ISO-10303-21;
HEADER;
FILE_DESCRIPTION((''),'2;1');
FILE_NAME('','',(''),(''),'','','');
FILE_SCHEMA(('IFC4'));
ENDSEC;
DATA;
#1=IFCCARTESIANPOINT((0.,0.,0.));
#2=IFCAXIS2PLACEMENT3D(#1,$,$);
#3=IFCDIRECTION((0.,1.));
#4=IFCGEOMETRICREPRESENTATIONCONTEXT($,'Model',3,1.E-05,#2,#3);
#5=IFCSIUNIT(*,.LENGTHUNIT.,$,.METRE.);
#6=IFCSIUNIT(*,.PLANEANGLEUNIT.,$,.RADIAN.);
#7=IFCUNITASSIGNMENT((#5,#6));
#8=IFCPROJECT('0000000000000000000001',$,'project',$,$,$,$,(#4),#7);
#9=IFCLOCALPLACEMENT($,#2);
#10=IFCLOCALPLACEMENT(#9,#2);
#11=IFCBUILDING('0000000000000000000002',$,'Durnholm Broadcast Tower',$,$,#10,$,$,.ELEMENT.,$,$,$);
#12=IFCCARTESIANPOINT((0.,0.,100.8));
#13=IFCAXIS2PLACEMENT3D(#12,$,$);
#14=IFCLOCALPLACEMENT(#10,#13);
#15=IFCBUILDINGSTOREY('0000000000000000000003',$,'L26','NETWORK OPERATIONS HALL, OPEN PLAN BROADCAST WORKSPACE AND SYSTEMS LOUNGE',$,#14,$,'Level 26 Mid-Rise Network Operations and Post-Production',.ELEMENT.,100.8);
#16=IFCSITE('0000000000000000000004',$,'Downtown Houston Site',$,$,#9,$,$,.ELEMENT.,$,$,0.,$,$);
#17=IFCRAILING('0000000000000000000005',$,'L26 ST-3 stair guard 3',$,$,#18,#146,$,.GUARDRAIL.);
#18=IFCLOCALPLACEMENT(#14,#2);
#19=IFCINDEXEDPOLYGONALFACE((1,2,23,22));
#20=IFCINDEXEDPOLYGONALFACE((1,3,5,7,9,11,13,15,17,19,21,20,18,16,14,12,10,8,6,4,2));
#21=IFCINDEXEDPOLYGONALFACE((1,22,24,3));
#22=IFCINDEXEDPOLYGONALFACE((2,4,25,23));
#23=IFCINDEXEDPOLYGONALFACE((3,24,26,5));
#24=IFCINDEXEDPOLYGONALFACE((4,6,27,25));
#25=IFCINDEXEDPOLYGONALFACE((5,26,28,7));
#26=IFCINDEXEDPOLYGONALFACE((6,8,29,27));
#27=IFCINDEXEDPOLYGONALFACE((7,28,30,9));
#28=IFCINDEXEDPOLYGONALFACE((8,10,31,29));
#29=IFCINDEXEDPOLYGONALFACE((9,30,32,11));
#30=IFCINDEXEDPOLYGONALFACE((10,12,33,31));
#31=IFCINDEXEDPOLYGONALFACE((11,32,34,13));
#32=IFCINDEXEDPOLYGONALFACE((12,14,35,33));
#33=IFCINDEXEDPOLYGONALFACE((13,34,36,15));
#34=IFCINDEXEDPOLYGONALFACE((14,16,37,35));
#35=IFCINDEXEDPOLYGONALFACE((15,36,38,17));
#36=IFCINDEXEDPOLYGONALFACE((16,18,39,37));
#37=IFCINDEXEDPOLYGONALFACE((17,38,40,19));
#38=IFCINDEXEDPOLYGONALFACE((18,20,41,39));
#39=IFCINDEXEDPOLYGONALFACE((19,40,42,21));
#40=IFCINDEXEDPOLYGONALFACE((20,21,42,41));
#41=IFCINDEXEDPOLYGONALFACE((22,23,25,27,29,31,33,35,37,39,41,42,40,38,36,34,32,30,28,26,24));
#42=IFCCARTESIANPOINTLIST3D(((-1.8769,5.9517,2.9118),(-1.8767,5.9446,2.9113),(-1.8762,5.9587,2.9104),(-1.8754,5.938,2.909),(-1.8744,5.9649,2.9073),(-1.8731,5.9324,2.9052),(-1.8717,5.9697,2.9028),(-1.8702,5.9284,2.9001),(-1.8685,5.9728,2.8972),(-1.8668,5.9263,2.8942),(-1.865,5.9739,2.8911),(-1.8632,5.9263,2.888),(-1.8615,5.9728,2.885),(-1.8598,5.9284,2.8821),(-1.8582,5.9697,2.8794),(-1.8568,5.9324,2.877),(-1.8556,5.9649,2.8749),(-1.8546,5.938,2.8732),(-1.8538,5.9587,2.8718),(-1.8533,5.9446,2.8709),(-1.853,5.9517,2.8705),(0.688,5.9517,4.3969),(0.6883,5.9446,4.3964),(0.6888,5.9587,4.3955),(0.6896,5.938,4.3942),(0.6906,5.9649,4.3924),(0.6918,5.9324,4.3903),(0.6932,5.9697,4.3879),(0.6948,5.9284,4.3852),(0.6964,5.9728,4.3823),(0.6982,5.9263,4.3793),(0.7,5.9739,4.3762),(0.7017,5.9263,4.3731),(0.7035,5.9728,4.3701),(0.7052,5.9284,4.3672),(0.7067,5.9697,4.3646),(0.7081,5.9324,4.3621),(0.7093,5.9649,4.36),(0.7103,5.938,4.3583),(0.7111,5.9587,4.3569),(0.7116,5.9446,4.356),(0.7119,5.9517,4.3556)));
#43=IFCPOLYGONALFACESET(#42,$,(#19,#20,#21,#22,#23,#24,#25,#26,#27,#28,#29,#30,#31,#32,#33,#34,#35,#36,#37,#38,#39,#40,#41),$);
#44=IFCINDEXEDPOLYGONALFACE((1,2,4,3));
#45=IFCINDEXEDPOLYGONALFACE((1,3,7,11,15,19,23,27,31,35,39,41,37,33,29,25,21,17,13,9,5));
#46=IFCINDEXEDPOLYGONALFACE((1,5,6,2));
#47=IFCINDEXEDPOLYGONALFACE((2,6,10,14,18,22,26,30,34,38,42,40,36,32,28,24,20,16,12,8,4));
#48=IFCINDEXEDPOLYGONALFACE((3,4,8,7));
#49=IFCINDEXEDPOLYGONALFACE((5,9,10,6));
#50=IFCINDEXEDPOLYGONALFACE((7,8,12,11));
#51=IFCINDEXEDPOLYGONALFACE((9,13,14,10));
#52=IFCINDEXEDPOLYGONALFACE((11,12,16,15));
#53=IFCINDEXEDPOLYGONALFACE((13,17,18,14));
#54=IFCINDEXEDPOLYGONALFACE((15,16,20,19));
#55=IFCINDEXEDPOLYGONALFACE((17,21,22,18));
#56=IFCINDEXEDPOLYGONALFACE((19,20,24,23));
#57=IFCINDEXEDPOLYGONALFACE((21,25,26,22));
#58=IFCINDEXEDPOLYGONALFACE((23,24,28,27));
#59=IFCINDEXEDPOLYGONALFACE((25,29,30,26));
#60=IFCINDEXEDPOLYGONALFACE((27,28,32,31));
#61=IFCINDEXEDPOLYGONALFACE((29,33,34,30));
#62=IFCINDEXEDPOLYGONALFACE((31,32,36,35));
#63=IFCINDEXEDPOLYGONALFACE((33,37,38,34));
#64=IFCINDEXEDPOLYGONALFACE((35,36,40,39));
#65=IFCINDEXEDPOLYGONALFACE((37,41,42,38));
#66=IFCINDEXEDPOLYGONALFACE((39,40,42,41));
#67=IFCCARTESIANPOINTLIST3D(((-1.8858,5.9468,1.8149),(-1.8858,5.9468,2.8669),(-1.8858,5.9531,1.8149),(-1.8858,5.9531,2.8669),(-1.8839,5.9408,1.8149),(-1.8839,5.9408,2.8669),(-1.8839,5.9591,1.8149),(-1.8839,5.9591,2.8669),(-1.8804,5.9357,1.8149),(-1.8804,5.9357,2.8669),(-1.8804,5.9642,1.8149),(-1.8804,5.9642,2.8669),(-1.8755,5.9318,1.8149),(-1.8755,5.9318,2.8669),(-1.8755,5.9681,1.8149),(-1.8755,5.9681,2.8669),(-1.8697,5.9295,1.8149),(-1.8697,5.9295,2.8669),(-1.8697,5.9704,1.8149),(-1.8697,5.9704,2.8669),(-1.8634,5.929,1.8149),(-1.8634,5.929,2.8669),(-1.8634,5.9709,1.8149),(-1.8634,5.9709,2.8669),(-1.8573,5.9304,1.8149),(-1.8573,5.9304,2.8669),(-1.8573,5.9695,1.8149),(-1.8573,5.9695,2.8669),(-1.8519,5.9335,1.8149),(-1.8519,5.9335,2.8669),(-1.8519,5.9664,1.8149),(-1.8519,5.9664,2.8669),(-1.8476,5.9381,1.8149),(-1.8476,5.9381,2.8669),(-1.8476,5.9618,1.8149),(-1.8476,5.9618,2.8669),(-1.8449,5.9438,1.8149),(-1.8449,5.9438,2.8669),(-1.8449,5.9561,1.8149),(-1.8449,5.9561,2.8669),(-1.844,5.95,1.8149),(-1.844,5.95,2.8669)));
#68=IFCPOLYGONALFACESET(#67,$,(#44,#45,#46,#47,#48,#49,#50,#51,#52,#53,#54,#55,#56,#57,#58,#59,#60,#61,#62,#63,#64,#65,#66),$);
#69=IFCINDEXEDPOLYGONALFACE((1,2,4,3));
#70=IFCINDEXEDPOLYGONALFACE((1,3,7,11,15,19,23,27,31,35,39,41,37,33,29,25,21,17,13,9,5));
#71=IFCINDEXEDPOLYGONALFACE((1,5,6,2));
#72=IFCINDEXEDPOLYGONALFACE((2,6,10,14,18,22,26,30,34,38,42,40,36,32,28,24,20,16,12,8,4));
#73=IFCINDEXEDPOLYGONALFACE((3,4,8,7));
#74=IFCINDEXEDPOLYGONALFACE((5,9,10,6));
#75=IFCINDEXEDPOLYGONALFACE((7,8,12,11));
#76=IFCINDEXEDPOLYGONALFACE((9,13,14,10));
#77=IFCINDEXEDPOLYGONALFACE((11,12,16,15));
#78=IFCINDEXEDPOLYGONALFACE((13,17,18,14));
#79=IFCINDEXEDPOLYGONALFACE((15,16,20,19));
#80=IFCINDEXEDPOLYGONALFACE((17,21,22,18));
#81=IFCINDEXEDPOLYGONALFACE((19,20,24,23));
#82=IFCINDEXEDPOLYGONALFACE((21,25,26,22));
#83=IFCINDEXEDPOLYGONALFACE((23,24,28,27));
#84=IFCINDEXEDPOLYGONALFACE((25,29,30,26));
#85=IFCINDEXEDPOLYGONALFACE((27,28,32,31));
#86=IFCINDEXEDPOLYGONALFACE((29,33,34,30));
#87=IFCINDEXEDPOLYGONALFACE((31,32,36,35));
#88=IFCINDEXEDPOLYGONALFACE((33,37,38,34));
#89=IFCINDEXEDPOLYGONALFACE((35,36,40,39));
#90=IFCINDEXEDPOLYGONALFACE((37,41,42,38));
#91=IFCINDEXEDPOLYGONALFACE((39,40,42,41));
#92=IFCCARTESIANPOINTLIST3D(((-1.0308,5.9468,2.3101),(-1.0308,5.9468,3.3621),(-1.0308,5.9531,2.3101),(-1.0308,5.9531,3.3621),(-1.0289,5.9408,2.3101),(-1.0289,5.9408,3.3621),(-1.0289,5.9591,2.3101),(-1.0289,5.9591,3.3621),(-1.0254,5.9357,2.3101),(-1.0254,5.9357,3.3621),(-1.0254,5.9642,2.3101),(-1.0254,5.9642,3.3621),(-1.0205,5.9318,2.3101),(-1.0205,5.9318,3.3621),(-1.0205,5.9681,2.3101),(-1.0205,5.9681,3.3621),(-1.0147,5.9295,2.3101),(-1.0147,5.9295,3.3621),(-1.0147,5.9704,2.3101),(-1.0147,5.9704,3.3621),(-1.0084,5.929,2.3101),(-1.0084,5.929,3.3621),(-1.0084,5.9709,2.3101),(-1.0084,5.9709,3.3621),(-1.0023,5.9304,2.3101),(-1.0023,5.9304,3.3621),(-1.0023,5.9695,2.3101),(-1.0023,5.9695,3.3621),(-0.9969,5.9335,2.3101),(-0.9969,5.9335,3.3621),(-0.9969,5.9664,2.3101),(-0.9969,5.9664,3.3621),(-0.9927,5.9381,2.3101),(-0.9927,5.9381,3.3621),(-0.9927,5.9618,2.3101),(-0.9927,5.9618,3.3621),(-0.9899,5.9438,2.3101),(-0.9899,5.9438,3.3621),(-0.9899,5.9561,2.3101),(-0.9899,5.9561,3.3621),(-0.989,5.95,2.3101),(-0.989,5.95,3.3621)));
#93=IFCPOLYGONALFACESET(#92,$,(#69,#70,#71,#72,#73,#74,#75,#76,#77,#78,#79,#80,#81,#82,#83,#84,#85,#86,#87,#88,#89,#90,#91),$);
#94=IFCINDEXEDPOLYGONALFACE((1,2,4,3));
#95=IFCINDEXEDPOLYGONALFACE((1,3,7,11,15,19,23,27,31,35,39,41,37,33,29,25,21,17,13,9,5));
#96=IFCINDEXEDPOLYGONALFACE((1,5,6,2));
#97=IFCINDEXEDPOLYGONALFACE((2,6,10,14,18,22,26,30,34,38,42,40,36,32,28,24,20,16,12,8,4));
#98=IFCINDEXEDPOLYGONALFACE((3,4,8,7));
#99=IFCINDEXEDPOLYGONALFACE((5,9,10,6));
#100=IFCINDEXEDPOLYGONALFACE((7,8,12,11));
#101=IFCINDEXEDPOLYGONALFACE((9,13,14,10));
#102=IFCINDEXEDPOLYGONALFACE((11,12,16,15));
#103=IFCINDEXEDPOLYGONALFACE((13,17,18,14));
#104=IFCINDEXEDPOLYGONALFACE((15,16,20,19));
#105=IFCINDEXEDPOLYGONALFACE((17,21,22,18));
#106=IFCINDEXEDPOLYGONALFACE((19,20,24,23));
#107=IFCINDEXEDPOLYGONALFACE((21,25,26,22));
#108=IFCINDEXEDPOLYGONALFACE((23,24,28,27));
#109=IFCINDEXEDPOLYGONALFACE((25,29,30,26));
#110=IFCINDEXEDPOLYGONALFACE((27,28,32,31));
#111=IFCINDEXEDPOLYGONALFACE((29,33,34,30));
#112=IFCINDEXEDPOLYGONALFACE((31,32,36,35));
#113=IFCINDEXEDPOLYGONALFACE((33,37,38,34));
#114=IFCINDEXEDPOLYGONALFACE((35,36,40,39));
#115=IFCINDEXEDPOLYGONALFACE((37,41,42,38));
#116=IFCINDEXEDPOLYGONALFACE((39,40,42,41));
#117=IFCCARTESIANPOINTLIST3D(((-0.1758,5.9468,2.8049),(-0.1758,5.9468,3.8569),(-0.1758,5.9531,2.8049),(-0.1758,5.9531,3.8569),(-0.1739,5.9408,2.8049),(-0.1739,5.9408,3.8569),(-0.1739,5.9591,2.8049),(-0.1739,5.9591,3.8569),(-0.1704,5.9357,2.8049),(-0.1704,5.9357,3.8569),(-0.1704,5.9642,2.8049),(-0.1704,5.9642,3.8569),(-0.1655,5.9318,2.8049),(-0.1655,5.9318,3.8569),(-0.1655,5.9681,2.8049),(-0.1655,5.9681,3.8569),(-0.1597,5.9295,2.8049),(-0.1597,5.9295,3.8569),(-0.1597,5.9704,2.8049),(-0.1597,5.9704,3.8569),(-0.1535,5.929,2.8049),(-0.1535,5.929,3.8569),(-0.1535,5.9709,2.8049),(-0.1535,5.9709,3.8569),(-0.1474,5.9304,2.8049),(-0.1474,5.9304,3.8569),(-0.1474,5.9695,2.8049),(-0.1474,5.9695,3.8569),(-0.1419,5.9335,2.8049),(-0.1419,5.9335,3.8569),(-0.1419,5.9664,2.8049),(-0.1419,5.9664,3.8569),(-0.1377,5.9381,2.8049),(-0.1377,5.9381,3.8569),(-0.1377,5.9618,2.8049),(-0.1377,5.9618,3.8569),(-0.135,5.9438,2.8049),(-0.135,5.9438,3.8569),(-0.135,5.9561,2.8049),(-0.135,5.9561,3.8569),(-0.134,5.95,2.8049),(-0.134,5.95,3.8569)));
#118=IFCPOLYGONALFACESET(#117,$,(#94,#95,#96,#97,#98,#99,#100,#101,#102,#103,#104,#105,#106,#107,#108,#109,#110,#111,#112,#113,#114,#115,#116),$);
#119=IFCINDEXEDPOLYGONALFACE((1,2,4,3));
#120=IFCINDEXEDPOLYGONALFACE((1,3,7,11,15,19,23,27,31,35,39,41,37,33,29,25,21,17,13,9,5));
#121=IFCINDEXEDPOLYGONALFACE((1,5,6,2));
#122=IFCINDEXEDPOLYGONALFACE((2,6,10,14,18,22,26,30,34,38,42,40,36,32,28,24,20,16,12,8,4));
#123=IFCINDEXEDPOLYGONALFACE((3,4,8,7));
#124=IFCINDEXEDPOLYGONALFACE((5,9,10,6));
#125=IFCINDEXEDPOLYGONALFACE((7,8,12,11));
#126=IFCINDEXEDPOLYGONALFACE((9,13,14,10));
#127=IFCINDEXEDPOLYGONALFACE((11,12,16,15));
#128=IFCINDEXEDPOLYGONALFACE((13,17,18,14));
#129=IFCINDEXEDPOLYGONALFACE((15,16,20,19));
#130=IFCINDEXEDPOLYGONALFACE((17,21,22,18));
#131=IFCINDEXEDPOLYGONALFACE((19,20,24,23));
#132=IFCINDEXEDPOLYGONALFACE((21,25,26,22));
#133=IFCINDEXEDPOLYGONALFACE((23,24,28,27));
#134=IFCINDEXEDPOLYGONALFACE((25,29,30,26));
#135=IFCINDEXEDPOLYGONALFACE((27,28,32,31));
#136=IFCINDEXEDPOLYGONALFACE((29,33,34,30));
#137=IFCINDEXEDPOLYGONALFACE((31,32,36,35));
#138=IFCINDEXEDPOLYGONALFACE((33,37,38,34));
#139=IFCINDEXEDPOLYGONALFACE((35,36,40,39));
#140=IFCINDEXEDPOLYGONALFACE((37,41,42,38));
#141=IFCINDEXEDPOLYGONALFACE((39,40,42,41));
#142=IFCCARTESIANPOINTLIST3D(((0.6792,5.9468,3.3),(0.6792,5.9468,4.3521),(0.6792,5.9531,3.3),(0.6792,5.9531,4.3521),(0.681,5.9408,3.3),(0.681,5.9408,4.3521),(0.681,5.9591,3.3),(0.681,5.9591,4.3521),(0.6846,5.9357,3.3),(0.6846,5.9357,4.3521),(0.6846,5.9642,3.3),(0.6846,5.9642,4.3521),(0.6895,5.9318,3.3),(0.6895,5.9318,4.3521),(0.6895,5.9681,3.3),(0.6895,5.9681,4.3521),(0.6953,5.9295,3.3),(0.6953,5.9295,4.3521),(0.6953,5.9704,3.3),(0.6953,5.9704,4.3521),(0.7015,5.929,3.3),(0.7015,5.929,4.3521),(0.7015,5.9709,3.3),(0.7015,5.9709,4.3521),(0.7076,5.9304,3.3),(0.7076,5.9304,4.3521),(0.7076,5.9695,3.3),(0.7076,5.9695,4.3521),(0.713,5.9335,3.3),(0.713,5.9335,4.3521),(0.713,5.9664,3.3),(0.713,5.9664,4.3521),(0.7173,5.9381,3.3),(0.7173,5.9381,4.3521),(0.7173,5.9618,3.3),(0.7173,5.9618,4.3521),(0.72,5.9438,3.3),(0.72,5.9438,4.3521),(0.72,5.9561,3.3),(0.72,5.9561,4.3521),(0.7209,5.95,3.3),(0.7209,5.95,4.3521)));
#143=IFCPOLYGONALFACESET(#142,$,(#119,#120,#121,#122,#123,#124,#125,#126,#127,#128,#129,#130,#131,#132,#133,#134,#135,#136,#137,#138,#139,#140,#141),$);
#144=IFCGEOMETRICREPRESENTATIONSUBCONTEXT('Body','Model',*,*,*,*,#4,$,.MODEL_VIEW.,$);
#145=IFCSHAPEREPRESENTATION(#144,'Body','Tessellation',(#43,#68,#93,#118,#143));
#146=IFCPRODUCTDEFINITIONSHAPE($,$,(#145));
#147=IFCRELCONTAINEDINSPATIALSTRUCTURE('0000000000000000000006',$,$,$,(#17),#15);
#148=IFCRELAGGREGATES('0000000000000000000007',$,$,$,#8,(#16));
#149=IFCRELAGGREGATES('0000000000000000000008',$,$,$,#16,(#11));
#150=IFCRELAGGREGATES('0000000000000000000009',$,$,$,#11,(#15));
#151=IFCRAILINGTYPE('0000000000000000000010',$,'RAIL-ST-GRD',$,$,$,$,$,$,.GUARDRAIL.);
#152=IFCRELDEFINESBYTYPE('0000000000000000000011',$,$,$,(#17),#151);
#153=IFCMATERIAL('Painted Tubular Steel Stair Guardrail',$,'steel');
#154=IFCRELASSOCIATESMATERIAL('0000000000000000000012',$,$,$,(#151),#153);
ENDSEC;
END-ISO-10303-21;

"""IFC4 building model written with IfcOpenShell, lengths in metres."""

from ifc_helpers import new_model, si_unit, direction, frame, origin, origin_2d, place, context, subcontext, project, spatial, circle, extrude, material, type_object, element, save


model = new_model("IFC4")

# Units and contexts
model_context = context("Model", 3, precision=1e-05, world=origin(), true_north=direction((0.0, 1.0)))
body_context = subcontext(model_context, "Body", "Model", "MODEL_VIEW")
ifc_project = project(units=[si_unit("LENGTHUNIT", "METRE"), si_unit("PLANEANGLEUNIT", "RADIAN")], contexts=[model_context])

# Site, building, storey
site_placement = place(None, origin())
site = spatial("IfcSite", under=ifc_project, at=site_placement, Name="Downtown Houston Site", CompositionType="ELEMENT", RefElevation=0.0)
building_placement = place(site_placement, origin())
building = spatial("IfcBuilding", under=site, at=building_placement, Name="Durnholm Broadcast Tower", CompositionType="ELEMENT")
storey_placement = place(building_placement, frame((0.0, 0.0, 100.8)))
storey = spatial("IfcBuildingStorey", under=building, at=storey_placement, Name="L26", Description="NETWORK OPERATIONS HALL, OPEN PLAN BROADCAST WORKSPACE AND SYSTEMS LOUNGE", LongName="Level 26 Mid-Rise Network Operations and Post-Production", CompositionType="ELEMENT", Elevation=100.8)

# Railing
ifc_material_1 = material(Name="Painted Tubular Steel Stair Guardrail", Category="steel")
railing_type_1 = type_object("IfcRailingType", Name="RAIL-ST-GRD", PredefinedType="GUARDRAIL", material=ifc_material_1)
railing_1_placement = place(storey_placement, frame((-1.865, 5.95, 1.8149)))
element("IfcRailing", 1, at=railing_1_placement, inside=storey, type_object=railing_type_1, Name="L26 ST-3 stair guard 3", PredefinedType="GUARDRAIL", context=body_context, shape_type="SweptSolid", body=[
    extrude(circle(Radius=0.0239, at=origin_2d()), frame((0.0, 0.0, 1.0762), z_axis=(0.865406, 0.0, 0.501072), x_axis=(0.0, 1.0, 0.0)), (0.0, 0.0, 1.0), 2.9639),
    extrude(circle(Radius=0.021, at=origin_2d()), origin(), (0.0, 0.0, 1.0), 1.052),
    extrude(circle(Radius=0.021, at=origin_2d()), frame((0.855, 0.0, 0.4951)), (0.0, 0.0, 1.0), 1.052),
    extrude(circle(Radius=0.021, at=origin_2d()), frame((1.71, 0.0, 0.99)), (0.0, 0.0, 1.0), 1.052),
    extrude(circle(Radius=0.021, at=origin_2d()), frame((2.5649, 0.0, 1.4851)), (0.0, 0.0, 1.0), 1.052),
])

save(model, "model.ifc")
